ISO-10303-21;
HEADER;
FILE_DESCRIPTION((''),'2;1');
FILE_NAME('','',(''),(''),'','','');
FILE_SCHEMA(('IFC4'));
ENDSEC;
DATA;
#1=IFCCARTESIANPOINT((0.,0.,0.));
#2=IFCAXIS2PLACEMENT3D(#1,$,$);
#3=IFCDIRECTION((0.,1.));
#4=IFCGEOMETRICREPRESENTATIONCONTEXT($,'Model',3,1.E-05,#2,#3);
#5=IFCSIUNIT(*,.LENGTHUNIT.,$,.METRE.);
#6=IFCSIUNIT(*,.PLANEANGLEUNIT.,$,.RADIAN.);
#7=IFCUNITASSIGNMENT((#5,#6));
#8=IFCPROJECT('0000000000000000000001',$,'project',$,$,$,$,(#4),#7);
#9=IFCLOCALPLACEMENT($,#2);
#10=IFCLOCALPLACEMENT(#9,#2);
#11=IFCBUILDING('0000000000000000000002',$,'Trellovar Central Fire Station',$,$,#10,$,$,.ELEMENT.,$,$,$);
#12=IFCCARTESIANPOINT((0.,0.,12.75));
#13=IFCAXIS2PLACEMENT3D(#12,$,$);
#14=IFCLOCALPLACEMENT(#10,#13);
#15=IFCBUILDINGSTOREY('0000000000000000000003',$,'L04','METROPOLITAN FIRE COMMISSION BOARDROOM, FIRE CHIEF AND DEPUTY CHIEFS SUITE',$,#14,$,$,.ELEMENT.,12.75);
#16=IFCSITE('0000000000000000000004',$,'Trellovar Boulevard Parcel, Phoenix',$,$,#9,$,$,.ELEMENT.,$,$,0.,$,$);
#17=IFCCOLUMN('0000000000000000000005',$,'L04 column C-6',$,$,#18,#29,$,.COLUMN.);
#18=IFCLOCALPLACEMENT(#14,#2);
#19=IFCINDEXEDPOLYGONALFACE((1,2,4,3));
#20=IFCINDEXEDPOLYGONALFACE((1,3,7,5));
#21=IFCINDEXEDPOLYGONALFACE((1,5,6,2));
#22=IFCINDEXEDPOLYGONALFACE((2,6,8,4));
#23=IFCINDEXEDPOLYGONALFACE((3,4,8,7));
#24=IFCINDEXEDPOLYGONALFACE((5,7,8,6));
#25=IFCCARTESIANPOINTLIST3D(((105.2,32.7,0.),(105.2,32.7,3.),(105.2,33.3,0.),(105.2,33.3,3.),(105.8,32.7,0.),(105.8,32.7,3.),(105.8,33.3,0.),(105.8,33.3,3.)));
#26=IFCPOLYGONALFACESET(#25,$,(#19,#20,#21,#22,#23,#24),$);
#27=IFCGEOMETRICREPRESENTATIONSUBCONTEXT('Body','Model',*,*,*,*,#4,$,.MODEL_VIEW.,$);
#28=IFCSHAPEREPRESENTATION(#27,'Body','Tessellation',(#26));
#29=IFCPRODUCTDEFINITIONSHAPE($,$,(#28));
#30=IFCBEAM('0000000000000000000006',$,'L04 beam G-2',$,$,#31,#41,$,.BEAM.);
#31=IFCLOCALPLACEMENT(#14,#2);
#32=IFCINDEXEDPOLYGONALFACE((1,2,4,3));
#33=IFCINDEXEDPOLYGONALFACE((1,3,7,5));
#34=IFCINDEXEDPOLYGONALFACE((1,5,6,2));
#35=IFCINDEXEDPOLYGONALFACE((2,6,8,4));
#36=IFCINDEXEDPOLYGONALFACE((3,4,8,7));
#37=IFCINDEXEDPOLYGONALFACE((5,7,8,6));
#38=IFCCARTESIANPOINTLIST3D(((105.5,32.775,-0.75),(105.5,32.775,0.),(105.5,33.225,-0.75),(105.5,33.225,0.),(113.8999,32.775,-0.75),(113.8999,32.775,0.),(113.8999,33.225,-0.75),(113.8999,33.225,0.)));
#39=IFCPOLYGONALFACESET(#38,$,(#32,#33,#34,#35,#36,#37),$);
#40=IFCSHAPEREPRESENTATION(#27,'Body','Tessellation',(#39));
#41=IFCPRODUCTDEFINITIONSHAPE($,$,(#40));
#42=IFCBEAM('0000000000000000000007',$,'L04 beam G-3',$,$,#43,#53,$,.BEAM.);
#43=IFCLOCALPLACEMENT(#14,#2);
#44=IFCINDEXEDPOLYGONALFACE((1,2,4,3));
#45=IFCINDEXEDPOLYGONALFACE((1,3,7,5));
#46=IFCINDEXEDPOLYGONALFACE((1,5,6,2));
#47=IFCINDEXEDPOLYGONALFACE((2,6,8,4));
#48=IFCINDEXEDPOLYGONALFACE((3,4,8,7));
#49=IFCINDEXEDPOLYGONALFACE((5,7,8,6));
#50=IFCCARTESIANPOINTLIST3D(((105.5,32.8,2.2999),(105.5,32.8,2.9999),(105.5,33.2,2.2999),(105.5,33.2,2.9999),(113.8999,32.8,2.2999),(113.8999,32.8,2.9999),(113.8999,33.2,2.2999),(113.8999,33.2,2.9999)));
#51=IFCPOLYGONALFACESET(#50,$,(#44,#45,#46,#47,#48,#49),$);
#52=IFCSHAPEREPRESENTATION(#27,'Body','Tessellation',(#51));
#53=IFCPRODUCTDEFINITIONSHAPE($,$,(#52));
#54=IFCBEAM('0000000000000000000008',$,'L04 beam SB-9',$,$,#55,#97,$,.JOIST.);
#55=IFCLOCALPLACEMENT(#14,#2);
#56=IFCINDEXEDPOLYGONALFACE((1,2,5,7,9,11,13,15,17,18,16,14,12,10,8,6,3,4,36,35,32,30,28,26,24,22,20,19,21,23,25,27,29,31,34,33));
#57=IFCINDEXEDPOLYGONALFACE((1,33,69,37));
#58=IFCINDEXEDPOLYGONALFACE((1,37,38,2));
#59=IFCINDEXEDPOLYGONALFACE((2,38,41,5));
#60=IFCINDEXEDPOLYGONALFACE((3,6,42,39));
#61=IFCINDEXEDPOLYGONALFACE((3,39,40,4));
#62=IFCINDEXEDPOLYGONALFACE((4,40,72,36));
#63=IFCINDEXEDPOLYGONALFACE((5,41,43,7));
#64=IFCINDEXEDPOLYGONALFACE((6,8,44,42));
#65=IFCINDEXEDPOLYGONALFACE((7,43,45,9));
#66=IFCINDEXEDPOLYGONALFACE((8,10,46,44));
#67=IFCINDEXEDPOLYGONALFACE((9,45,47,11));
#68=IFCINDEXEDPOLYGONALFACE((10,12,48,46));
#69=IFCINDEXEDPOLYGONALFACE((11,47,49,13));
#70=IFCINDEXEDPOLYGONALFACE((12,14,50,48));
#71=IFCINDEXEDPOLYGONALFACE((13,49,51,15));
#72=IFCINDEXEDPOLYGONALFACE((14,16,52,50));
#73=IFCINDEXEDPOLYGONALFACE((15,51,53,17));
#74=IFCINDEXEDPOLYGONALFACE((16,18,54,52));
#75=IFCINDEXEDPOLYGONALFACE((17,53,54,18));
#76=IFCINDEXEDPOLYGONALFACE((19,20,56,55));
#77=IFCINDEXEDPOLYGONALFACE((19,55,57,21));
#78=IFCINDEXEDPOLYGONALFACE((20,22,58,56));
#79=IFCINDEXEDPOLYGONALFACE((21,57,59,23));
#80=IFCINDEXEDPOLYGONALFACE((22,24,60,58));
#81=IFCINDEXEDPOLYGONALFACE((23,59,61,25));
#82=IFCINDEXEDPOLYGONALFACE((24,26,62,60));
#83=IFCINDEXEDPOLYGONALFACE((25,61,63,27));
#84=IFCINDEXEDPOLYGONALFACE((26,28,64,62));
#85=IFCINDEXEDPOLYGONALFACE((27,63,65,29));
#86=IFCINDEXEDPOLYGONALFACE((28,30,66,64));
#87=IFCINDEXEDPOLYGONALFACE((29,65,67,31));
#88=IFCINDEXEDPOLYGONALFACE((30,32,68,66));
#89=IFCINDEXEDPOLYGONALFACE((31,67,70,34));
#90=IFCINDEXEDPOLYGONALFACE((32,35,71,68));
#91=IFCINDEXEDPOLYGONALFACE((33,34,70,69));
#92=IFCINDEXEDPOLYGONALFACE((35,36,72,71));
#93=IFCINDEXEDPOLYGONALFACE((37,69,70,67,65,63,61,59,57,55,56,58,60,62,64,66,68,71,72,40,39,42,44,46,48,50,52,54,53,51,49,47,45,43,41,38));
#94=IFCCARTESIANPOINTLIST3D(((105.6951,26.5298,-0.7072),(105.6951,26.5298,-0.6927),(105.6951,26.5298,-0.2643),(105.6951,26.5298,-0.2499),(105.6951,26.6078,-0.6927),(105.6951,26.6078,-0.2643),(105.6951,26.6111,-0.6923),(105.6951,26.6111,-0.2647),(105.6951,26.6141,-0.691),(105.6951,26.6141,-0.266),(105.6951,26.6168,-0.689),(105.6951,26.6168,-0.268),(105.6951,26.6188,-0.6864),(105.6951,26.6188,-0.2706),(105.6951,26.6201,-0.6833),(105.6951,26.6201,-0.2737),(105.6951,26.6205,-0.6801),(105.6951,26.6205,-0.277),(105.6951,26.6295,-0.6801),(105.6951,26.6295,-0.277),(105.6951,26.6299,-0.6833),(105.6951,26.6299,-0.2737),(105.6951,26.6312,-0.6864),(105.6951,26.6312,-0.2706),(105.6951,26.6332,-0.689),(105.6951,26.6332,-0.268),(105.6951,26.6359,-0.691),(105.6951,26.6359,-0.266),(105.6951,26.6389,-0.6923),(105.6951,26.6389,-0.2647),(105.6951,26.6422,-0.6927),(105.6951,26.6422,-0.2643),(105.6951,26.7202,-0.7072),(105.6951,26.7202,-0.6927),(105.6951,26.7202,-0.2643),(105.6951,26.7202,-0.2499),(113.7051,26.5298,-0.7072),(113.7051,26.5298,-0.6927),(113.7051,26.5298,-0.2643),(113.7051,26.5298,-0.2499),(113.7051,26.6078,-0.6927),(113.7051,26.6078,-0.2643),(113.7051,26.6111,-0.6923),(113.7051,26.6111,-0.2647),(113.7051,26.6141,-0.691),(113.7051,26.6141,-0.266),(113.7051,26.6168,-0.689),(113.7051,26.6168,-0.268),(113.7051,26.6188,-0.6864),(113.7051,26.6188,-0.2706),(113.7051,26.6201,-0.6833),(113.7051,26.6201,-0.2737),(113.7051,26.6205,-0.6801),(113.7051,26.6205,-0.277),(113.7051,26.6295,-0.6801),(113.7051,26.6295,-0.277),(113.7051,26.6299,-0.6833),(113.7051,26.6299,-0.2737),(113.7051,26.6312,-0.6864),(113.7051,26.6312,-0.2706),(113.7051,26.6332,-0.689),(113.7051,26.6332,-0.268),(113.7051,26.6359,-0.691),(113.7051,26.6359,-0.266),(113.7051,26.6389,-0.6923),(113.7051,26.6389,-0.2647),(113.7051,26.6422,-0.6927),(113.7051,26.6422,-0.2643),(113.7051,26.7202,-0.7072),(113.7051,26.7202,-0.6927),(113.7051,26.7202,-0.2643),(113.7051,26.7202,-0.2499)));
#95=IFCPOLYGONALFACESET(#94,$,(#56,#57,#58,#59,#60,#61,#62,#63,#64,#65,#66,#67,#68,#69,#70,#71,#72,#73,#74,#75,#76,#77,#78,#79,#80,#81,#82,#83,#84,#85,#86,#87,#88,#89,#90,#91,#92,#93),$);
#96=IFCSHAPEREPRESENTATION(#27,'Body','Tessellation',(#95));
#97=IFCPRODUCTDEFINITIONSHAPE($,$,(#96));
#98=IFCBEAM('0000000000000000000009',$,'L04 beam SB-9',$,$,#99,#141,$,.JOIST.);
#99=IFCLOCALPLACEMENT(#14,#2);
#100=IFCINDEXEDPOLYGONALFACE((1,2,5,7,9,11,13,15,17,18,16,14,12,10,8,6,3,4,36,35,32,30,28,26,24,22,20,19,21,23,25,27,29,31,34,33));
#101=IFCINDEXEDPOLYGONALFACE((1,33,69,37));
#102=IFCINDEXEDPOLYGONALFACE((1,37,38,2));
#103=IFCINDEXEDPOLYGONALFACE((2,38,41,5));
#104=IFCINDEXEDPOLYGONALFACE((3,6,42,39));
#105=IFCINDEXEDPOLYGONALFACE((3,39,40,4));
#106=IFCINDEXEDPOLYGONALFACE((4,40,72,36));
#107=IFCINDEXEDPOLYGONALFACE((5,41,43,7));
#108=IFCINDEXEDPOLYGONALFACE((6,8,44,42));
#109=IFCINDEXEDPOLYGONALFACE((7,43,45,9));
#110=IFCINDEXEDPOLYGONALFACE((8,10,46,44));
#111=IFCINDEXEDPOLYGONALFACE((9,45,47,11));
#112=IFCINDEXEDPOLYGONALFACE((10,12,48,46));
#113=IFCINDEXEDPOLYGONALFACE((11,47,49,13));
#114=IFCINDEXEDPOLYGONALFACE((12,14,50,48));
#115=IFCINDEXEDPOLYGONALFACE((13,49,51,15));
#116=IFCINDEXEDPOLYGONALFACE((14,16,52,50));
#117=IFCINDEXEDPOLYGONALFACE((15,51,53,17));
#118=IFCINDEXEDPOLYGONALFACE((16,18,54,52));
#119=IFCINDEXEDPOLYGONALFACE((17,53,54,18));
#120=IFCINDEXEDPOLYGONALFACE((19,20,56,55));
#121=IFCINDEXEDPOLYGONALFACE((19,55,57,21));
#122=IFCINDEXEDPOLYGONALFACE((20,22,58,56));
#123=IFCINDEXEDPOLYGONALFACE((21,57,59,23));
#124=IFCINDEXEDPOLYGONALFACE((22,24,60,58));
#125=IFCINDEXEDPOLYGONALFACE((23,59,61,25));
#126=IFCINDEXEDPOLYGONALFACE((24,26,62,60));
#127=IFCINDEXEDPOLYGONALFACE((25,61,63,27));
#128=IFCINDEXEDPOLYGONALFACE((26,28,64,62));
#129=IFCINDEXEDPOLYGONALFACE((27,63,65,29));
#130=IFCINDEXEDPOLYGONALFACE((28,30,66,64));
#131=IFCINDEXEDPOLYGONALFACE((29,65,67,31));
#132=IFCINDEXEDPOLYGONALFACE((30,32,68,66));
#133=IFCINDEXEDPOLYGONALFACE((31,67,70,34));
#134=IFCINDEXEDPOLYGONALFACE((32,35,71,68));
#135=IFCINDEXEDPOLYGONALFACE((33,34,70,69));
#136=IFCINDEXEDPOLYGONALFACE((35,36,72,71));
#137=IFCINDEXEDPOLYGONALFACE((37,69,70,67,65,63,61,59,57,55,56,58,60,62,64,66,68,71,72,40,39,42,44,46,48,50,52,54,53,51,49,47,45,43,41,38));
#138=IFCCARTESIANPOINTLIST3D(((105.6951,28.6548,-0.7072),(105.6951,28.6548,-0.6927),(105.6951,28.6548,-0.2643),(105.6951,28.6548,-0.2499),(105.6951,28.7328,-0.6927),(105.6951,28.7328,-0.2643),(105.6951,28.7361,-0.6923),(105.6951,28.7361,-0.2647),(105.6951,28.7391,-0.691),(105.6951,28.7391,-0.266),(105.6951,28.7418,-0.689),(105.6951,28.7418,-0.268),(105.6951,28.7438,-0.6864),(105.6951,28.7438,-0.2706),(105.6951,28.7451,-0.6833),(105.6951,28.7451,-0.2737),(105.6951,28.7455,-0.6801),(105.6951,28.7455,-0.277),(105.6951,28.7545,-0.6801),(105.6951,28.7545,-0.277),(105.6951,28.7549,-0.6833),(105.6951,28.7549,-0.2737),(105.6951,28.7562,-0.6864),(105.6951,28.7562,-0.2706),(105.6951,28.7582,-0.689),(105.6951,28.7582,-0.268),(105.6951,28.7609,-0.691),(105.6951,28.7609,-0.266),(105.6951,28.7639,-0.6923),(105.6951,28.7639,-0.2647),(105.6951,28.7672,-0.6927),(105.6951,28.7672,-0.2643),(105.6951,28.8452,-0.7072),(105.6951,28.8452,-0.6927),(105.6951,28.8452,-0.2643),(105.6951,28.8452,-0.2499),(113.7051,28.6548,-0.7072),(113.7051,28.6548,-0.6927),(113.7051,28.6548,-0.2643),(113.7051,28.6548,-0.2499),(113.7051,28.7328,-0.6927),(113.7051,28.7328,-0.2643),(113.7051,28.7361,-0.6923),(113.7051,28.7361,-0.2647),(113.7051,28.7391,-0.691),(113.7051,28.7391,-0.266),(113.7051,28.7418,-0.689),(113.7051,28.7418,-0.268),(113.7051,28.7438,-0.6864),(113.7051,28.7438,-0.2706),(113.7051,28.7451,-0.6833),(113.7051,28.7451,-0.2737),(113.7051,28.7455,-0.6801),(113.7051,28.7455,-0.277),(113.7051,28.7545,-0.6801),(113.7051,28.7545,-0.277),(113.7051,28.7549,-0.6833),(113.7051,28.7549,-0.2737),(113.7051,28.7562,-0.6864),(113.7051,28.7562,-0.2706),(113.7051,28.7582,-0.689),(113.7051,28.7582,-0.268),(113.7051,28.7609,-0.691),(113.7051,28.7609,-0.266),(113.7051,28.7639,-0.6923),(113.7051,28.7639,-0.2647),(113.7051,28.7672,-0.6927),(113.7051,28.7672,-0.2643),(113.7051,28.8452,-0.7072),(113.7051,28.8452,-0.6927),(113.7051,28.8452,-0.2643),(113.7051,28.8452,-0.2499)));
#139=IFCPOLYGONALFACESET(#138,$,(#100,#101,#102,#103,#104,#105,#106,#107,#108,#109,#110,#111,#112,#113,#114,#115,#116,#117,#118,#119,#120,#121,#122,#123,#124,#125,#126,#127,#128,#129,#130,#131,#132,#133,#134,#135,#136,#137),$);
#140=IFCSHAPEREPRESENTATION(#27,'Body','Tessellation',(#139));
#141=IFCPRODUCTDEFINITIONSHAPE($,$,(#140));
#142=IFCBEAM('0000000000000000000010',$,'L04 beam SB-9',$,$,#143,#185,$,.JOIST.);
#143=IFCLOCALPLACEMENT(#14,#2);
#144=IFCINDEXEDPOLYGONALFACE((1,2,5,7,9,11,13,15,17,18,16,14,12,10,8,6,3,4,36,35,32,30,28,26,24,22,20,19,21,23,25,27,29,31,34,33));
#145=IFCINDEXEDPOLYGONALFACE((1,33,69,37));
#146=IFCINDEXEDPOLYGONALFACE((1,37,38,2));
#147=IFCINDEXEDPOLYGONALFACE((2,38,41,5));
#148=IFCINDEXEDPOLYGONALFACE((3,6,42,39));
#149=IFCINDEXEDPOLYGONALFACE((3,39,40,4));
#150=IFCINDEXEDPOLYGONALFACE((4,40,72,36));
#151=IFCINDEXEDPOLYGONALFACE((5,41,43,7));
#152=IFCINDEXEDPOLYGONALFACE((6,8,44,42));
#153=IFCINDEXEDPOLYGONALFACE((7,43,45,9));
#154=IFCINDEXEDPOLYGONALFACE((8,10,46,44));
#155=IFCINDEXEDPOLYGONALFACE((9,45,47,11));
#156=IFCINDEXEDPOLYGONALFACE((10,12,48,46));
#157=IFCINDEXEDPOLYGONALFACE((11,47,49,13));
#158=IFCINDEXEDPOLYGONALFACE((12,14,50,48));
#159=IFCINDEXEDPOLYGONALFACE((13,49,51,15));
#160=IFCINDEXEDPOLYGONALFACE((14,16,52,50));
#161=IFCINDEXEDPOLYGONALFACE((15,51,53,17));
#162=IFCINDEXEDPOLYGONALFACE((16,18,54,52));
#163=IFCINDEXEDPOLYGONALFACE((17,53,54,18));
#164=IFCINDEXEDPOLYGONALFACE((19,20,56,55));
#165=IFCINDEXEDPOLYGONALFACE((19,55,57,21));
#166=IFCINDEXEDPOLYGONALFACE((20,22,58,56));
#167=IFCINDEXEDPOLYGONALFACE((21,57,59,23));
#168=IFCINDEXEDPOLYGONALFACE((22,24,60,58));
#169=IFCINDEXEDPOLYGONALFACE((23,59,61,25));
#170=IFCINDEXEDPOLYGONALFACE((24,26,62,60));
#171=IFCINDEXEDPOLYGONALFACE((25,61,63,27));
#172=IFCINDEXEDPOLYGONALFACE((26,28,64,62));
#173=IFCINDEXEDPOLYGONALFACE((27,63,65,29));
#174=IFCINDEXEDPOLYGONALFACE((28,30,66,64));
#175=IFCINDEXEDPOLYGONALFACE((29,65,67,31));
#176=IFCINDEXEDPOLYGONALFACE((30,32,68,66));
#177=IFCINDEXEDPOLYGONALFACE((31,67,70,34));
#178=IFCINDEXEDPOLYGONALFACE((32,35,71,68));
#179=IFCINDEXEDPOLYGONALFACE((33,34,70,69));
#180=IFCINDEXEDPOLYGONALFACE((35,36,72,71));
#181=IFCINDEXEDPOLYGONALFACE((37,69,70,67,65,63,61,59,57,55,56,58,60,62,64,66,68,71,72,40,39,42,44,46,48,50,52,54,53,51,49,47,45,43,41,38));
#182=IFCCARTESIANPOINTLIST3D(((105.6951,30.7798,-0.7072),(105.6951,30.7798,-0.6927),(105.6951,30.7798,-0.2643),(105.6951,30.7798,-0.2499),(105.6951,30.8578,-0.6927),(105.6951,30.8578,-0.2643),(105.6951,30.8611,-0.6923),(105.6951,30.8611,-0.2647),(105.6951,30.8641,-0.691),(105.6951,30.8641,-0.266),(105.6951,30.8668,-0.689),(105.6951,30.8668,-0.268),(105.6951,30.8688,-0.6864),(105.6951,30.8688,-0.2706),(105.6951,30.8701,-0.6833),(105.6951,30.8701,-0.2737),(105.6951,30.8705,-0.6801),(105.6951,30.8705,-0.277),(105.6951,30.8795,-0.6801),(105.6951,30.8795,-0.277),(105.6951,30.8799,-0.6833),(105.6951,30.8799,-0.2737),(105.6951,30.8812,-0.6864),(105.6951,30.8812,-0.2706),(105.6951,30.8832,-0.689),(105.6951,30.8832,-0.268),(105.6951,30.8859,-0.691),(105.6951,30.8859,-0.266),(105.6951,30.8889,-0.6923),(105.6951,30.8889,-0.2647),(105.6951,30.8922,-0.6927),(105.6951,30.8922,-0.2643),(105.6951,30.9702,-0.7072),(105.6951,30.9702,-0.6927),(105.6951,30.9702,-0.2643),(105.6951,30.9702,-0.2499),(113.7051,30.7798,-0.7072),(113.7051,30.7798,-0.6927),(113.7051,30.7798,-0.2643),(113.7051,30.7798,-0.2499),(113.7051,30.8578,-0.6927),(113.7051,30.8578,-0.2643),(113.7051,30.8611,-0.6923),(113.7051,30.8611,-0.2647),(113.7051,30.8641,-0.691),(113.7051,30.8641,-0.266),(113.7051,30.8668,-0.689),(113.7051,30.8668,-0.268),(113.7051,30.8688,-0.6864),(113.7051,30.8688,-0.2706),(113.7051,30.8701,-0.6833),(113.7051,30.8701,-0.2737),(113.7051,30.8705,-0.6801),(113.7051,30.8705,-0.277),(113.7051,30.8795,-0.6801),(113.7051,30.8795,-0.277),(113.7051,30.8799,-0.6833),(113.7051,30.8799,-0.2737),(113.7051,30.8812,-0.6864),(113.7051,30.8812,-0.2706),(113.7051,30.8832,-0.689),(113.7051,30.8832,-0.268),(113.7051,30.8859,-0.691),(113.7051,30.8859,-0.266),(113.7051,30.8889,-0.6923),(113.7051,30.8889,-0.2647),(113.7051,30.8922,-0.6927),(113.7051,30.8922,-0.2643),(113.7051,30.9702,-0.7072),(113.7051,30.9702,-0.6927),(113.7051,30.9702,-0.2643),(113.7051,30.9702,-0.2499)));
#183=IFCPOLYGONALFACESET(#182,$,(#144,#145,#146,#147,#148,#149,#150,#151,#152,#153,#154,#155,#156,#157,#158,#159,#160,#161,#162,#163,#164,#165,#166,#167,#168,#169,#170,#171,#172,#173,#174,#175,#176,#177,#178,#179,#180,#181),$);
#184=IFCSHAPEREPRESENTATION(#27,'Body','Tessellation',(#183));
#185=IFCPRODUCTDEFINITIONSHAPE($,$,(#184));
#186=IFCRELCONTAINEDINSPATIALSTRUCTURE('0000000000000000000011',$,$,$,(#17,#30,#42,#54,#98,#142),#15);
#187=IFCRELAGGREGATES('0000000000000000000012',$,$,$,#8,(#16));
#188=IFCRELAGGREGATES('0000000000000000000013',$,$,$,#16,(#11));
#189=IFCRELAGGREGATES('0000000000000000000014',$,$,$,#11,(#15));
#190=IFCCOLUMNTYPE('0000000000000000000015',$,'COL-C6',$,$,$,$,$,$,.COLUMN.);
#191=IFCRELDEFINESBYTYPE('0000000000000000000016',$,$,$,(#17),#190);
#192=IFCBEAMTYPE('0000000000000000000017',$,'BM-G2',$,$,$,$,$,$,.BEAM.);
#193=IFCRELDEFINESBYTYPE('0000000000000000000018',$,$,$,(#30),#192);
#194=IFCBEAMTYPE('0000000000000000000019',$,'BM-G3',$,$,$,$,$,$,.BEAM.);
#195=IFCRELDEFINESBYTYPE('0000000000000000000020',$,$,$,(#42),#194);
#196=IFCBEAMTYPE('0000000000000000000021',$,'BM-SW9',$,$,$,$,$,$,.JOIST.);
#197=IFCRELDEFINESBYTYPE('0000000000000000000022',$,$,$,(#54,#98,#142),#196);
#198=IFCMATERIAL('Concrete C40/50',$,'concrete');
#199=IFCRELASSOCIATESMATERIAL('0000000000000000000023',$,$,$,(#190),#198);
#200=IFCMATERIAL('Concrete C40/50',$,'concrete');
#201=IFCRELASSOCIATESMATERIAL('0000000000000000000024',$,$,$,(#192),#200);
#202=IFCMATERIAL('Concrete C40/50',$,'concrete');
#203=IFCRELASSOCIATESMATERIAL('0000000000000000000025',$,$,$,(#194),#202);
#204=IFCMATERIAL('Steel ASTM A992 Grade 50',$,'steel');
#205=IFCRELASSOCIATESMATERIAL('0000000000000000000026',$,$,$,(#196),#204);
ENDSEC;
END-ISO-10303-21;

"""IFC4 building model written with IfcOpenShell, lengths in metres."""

from ifc_helpers import new_model, si_unit, direction, frame, origin, origin_2d, place, context, subcontext, project, spatial, rectangle, i_section, extrude, material, material_profile, profile_set, type_object, element, save


model = new_model("IFC4")

# Units and contexts
model_context = context("Model", 3, precision=1e-05, world=origin(), true_north=direction((0.0, 1.0)))
body_context = subcontext(model_context, "Body", "Model", "MODEL_VIEW")
ifc_project = project(units=[si_unit("LENGTHUNIT", "METRE"), si_unit("PLANEANGLEUNIT", "RADIAN")], contexts=[model_context])

# Site, building, storey
site_placement = place(None, origin())
site = spatial("IfcSite", under=ifc_project, at=site_placement, Name="Trellovar Boulevard Parcel, Phoenix", CompositionType="ELEMENT", RefElevation=0.0)
building_placement = place(site_placement, origin())
building = spatial("IfcBuilding", under=site, at=building_placement, Name="Trellovar Central Fire Station", CompositionType="ELEMENT")
storey_placement = place(building_placement, frame((0.0, 0.0, 12.75)))
storey = spatial("IfcBuildingStorey", under=building, at=storey_placement, Name="L04", Description="METROPOLITAN FIRE COMMISSION BOARDROOM, FIRE CHIEF AND DEPUTY CHIEFS SUITE", CompositionType="ELEMENT", Elevation=12.75)

# Column
ifc_material_1 = material(Name="Concrete C40/50", Category="concrete")
ifc_material_profile_1 = material_profile(ifc_material_1, rectangle(XDim=0.6001, YDim=0.6001, at=origin_2d()), Name="RC600X600")
ifc_profile_set_1 = profile_set([ifc_material_profile_1], Name="Concrete C40/50")
column_type = type_object("IfcColumnType", Name="COL-C6", PredefinedType="COLUMN", material=ifc_profile_set_1)
column_placement = place(storey_placement, frame((105.5, 33.0, 0.0), z_axis=(0.0, 0.0, 1.0), x_axis=(1.0, 0.0, 0.0)))
element("IfcColumn", 1, at=column_placement, inside=storey, type_object=column_type, Name="L04 column C-6", PredefinedType="COLUMN", context=body_context, shape_type="SweptSolid", body=[
    extrude(rectangle(XDim=0.6001, YDim=0.6001, at=origin_2d()), origin(), (0.0, 0.0, 1.0), 3.0),
])

# Beams
ifc_material_2 = material(Name="Concrete C40/50", Category="concrete")
ifc_material_profile_2 = material_profile(ifc_material_2, rectangle(XDim=0.45, YDim=0.75, at=origin_2d()), Name="RC450X750")
ifc_profile_set_2 = profile_set([ifc_material_profile_2], Name="Concrete C40/50")
beam_type_1 = type_object("IfcBeamType", Name="BM-G2", PredefinedType="BEAM", material=ifc_profile_set_2)
beam_1_placement = place(storey_placement, frame((105.5, 33.0, -0.375), z_axis=(1.0, 0.0, 0.0), x_axis=(0.0, 1.0, 0.0)))
element("IfcBeam", 2, at=beam_1_placement, inside=storey, type_object=beam_type_1, Name="L04 beam G-2", PredefinedType="BEAM", context=body_context, shape_type="SweptSolid", body=[
    extrude(rectangle(XDim=0.45, YDim=0.75, at=origin_2d()), origin(), (0.0, 0.0, 1.0), 8.3999),
])
ifc_material_3 = material(Name="Concrete C40/50", Category="concrete")
ifc_material_profile_3 = material_profile(ifc_material_3, rectangle(XDim=0.3999, YDim=0.7, at=origin_2d()), Name="RC400X700")
ifc_profile_set_3 = profile_set([ifc_material_profile_3], Name="Concrete C40/50")
beam_type_2 = type_object("IfcBeamType", Name="BM-G3", PredefinedType="BEAM", material=ifc_profile_set_3)
beam_2_placement = place(storey_placement, frame((105.5, 33.0, 2.6499), z_axis=(1.0, 0.0, 0.0), x_axis=(0.0, 1.0, 0.0)))
element("IfcBeam", 3, at=beam_2_placement, inside=storey, type_object=beam_type_2, Name="L04 beam G-3", PredefinedType="BEAM", context=body_context, shape_type="SweptSolid", body=[
    extrude(rectangle(XDim=0.3999, YDim=0.7, at=origin_2d()), origin(), (0.0, 0.0, 1.0), 8.3999),
])
ifc_material_4 = material(Name="Steel ASTM A992 Grade 50", Category="steel")
ifc_material_profile_4 = material_profile(ifc_material_4, i_section(OverallWidth=0.1904, OverallDepth=0.4573, WebThickness=0.009, FlangeThickness=0.0144, FilletRadius=0.0127, at=origin_2d()), Name="W18X50")
ifc_profile_set_4 = profile_set([ifc_material_profile_4], Name="Steel ASTM A992 Grade 50")
beam_type_3 = type_object("IfcBeamType", Name="BM-SW9", PredefinedType="JOIST", material=ifc_profile_set_4)
for number, where, z_axis, x_axis, name in (
    (4, (105.6951, 26.625, -0.4785), (1.0, 0.0, 0.0), (0.0, 1.0, 0.0), "L04 beam SB-9"),
    (5, (105.6951, 28.75, -0.4785), (1.0, 0.0, 0.0), (0.0, 1.0, 0.0), "L04 beam SB-9"),
    (6, (105.6951, 30.875, -0.4785), (1.0, 0.0, 0.0), (0.0, 1.0, 0.0), "L04 beam SB-9"),
):
    element("IfcBeam", number, at=place(storey_placement, frame(where, z_axis=z_axis, x_axis=x_axis)), inside=storey, type_object=beam_type_3, Name=name, PredefinedType="JOIST", context=body_context, shape_type="SweptSolid", body=[
        extrude(i_section(OverallWidth=0.1904, OverallDepth=0.4573, WebThickness=0.009, FlangeThickness=0.0144, FilletRadius=0.0127, at=origin_2d()), origin(), (0.0, 0.0, 1.0), 8.01),
    ])

save(model, "model.ifc")
